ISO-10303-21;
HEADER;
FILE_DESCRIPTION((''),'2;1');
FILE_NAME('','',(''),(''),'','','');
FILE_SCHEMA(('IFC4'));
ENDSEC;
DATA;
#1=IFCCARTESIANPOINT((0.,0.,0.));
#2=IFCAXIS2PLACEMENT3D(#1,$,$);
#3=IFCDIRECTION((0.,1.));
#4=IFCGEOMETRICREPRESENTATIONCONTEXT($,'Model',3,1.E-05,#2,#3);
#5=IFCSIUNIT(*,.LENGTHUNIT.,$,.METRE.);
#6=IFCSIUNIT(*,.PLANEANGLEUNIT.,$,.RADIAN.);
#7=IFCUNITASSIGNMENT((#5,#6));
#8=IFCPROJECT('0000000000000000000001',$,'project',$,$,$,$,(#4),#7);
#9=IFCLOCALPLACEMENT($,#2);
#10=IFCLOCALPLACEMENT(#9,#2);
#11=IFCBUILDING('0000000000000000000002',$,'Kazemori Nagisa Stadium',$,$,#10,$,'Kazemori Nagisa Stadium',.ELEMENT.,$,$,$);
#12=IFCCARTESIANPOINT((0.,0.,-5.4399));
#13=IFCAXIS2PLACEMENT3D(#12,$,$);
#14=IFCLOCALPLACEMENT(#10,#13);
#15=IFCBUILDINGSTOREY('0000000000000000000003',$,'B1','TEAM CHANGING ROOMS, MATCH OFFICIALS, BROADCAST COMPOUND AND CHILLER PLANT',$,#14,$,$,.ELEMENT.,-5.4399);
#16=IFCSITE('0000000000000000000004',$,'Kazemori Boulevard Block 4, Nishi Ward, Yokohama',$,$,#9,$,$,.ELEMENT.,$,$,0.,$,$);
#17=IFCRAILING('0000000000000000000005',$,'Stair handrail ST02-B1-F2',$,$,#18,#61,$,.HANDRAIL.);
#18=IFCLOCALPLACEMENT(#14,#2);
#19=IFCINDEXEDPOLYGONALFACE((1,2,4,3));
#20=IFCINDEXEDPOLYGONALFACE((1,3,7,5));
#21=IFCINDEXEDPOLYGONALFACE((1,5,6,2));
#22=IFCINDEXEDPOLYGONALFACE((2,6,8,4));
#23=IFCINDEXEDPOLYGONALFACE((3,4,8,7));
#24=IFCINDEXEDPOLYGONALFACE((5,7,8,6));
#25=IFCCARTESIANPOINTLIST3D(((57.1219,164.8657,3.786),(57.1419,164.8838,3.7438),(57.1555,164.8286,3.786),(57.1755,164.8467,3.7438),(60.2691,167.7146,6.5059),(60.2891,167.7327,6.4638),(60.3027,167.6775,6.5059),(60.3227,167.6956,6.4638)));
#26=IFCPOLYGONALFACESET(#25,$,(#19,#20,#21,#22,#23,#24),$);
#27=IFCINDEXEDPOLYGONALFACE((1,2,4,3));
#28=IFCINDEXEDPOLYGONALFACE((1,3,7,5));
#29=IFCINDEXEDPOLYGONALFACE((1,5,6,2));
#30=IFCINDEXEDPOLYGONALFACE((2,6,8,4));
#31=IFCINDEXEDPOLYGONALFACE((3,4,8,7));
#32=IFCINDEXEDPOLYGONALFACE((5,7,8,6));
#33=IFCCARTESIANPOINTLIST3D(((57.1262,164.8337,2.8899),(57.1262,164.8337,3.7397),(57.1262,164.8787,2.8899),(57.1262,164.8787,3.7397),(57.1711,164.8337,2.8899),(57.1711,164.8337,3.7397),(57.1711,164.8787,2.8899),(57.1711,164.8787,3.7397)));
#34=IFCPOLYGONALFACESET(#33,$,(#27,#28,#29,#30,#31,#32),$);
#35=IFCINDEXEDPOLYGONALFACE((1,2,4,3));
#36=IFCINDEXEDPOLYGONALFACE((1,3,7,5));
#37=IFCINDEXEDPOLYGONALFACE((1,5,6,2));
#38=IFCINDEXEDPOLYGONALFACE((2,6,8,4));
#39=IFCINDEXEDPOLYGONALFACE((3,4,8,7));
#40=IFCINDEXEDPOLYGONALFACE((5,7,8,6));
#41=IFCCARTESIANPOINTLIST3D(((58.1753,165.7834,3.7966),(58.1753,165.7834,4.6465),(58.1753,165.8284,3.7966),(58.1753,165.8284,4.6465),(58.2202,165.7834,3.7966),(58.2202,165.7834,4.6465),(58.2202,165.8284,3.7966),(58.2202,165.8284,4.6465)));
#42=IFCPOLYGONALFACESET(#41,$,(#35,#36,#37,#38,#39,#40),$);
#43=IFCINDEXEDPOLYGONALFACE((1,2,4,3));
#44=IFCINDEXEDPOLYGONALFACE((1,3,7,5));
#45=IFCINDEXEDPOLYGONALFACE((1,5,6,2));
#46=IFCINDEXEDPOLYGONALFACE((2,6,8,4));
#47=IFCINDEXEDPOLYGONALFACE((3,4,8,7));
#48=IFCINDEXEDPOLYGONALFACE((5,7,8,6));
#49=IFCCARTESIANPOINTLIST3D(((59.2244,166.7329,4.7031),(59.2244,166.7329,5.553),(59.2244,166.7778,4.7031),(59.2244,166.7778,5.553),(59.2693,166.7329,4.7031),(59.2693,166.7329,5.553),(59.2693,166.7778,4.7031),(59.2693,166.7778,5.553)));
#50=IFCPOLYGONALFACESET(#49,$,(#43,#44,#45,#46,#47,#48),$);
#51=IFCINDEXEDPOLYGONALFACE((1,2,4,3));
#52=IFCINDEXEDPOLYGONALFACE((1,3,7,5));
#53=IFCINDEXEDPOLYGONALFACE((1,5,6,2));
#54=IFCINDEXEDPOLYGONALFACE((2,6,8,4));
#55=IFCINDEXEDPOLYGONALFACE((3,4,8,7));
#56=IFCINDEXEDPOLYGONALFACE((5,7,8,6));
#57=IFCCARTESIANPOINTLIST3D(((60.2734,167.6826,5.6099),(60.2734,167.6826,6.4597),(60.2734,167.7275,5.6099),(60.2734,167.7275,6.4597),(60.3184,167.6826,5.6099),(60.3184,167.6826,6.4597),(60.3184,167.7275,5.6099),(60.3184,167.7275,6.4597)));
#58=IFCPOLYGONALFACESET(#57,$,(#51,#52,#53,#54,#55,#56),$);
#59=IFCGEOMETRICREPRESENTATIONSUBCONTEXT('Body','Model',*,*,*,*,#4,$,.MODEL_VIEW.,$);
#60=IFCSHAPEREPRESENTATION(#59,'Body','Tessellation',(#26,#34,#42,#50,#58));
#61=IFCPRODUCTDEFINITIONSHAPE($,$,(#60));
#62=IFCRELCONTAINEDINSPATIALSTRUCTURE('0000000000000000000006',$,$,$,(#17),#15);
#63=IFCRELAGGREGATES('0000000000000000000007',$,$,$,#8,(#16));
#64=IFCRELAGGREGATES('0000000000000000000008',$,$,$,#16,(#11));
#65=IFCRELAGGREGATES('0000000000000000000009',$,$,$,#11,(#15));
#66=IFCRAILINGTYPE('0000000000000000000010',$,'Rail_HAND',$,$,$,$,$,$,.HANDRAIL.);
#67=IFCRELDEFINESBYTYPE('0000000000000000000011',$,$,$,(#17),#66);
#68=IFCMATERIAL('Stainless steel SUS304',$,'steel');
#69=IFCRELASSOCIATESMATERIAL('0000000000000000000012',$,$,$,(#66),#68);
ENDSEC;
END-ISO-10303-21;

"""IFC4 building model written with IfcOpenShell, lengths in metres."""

from ifc_helpers import new_model, si_unit, direction, frame, origin, origin_2d, place, context, subcontext, project, spatial, rectangle, extrude, material, type_object, element, save


model = new_model("IFC4")

# Units and contexts
model_context = context("Model", 3, precision=1e-05, world=origin(), true_north=direction((0.0, 1.0)))
body_context = subcontext(model_context, "Body", "Model", "MODEL_VIEW")
ifc_project = project(units=[si_unit("LENGTHUNIT", "METRE"), si_unit("PLANEANGLEUNIT", "RADIAN")], contexts=[model_context])

# Site, building, storey
site_placement = place(None, origin())
site = spatial("IfcSite", under=ifc_project, at=site_placement, Name="Kazemori Boulevard Block 4, Nishi Ward, Yokohama", CompositionType="ELEMENT", RefElevation=0.0)
building_placement = place(site_placement, origin())
building = spatial("IfcBuilding", under=site, at=building_placement, Name="Kazemori Nagisa Stadium", LongName="Kazemori Nagisa Stadium", CompositionType="ELEMENT")
storey_placement = place(building_placement, frame((0.0, 0.0, -5.4399)))
storey = spatial("IfcBuildingStorey", under=building, at=storey_placement, Name="B1", Description="TEAM CHANGING ROOMS, MATCH OFFICIALS, BROADCAST COMPOUND AND CHILLER PLANT", CompositionType="ELEMENT", Elevation=-5.4399)

# Railing
ifc_material_1 = material(Name="Stainless steel SUS304", Category="steel")
railing_type_1 = type_object("IfcRailingType", Name="Rail_HAND", PredefinedType="HANDRAIL", material=ifc_material_1)
railing_1_placement = place(storey_placement, frame((57.1487, 164.8562, 2.8899)))
element("IfcRailing", 1, at=railing_1_placement, inside=storey, type_object=railing_type_1, Name="Stair handrail ST02-B1-F2", PredefinedType="HANDRAIL", context=body_context, shape_type="SweptSolid", body=[
    extrude(rectangle(XDim=0.05, YDim=0.05, at=origin_2d()), frame((0.0, 0.0, 0.875), z_axis=(0.62423, 0.565056, 0.539489), x_axis=(-0.671094, 0.741372, 0.0)), (0.0, 0.0, 1.0), 5.0417),
    extrude(rectangle(XDim=0.0449, YDim=0.0449, at=origin_2d()), origin(), (0.0, 0.0, 1.0), 0.8499),
    extrude(rectangle(XDim=0.0449, YDim=0.0449, at=origin_2d()), frame((1.0491, 0.9497, 0.9067)), (0.0, 0.0, 1.0), 0.8499),
    extrude(rectangle(XDim=0.0449, YDim=0.0449, at=origin_2d()), frame((2.0981, 1.8992, 1.8132)), (0.0, 0.0, 1.0), 0.8499),
    extrude(rectangle(XDim=0.0449, YDim=0.0449, at=origin_2d()), frame((3.1472, 2.8489, 2.72)), (0.0, 0.0, 1.0), 0.8499),
])

save(model, "model.ifc")
